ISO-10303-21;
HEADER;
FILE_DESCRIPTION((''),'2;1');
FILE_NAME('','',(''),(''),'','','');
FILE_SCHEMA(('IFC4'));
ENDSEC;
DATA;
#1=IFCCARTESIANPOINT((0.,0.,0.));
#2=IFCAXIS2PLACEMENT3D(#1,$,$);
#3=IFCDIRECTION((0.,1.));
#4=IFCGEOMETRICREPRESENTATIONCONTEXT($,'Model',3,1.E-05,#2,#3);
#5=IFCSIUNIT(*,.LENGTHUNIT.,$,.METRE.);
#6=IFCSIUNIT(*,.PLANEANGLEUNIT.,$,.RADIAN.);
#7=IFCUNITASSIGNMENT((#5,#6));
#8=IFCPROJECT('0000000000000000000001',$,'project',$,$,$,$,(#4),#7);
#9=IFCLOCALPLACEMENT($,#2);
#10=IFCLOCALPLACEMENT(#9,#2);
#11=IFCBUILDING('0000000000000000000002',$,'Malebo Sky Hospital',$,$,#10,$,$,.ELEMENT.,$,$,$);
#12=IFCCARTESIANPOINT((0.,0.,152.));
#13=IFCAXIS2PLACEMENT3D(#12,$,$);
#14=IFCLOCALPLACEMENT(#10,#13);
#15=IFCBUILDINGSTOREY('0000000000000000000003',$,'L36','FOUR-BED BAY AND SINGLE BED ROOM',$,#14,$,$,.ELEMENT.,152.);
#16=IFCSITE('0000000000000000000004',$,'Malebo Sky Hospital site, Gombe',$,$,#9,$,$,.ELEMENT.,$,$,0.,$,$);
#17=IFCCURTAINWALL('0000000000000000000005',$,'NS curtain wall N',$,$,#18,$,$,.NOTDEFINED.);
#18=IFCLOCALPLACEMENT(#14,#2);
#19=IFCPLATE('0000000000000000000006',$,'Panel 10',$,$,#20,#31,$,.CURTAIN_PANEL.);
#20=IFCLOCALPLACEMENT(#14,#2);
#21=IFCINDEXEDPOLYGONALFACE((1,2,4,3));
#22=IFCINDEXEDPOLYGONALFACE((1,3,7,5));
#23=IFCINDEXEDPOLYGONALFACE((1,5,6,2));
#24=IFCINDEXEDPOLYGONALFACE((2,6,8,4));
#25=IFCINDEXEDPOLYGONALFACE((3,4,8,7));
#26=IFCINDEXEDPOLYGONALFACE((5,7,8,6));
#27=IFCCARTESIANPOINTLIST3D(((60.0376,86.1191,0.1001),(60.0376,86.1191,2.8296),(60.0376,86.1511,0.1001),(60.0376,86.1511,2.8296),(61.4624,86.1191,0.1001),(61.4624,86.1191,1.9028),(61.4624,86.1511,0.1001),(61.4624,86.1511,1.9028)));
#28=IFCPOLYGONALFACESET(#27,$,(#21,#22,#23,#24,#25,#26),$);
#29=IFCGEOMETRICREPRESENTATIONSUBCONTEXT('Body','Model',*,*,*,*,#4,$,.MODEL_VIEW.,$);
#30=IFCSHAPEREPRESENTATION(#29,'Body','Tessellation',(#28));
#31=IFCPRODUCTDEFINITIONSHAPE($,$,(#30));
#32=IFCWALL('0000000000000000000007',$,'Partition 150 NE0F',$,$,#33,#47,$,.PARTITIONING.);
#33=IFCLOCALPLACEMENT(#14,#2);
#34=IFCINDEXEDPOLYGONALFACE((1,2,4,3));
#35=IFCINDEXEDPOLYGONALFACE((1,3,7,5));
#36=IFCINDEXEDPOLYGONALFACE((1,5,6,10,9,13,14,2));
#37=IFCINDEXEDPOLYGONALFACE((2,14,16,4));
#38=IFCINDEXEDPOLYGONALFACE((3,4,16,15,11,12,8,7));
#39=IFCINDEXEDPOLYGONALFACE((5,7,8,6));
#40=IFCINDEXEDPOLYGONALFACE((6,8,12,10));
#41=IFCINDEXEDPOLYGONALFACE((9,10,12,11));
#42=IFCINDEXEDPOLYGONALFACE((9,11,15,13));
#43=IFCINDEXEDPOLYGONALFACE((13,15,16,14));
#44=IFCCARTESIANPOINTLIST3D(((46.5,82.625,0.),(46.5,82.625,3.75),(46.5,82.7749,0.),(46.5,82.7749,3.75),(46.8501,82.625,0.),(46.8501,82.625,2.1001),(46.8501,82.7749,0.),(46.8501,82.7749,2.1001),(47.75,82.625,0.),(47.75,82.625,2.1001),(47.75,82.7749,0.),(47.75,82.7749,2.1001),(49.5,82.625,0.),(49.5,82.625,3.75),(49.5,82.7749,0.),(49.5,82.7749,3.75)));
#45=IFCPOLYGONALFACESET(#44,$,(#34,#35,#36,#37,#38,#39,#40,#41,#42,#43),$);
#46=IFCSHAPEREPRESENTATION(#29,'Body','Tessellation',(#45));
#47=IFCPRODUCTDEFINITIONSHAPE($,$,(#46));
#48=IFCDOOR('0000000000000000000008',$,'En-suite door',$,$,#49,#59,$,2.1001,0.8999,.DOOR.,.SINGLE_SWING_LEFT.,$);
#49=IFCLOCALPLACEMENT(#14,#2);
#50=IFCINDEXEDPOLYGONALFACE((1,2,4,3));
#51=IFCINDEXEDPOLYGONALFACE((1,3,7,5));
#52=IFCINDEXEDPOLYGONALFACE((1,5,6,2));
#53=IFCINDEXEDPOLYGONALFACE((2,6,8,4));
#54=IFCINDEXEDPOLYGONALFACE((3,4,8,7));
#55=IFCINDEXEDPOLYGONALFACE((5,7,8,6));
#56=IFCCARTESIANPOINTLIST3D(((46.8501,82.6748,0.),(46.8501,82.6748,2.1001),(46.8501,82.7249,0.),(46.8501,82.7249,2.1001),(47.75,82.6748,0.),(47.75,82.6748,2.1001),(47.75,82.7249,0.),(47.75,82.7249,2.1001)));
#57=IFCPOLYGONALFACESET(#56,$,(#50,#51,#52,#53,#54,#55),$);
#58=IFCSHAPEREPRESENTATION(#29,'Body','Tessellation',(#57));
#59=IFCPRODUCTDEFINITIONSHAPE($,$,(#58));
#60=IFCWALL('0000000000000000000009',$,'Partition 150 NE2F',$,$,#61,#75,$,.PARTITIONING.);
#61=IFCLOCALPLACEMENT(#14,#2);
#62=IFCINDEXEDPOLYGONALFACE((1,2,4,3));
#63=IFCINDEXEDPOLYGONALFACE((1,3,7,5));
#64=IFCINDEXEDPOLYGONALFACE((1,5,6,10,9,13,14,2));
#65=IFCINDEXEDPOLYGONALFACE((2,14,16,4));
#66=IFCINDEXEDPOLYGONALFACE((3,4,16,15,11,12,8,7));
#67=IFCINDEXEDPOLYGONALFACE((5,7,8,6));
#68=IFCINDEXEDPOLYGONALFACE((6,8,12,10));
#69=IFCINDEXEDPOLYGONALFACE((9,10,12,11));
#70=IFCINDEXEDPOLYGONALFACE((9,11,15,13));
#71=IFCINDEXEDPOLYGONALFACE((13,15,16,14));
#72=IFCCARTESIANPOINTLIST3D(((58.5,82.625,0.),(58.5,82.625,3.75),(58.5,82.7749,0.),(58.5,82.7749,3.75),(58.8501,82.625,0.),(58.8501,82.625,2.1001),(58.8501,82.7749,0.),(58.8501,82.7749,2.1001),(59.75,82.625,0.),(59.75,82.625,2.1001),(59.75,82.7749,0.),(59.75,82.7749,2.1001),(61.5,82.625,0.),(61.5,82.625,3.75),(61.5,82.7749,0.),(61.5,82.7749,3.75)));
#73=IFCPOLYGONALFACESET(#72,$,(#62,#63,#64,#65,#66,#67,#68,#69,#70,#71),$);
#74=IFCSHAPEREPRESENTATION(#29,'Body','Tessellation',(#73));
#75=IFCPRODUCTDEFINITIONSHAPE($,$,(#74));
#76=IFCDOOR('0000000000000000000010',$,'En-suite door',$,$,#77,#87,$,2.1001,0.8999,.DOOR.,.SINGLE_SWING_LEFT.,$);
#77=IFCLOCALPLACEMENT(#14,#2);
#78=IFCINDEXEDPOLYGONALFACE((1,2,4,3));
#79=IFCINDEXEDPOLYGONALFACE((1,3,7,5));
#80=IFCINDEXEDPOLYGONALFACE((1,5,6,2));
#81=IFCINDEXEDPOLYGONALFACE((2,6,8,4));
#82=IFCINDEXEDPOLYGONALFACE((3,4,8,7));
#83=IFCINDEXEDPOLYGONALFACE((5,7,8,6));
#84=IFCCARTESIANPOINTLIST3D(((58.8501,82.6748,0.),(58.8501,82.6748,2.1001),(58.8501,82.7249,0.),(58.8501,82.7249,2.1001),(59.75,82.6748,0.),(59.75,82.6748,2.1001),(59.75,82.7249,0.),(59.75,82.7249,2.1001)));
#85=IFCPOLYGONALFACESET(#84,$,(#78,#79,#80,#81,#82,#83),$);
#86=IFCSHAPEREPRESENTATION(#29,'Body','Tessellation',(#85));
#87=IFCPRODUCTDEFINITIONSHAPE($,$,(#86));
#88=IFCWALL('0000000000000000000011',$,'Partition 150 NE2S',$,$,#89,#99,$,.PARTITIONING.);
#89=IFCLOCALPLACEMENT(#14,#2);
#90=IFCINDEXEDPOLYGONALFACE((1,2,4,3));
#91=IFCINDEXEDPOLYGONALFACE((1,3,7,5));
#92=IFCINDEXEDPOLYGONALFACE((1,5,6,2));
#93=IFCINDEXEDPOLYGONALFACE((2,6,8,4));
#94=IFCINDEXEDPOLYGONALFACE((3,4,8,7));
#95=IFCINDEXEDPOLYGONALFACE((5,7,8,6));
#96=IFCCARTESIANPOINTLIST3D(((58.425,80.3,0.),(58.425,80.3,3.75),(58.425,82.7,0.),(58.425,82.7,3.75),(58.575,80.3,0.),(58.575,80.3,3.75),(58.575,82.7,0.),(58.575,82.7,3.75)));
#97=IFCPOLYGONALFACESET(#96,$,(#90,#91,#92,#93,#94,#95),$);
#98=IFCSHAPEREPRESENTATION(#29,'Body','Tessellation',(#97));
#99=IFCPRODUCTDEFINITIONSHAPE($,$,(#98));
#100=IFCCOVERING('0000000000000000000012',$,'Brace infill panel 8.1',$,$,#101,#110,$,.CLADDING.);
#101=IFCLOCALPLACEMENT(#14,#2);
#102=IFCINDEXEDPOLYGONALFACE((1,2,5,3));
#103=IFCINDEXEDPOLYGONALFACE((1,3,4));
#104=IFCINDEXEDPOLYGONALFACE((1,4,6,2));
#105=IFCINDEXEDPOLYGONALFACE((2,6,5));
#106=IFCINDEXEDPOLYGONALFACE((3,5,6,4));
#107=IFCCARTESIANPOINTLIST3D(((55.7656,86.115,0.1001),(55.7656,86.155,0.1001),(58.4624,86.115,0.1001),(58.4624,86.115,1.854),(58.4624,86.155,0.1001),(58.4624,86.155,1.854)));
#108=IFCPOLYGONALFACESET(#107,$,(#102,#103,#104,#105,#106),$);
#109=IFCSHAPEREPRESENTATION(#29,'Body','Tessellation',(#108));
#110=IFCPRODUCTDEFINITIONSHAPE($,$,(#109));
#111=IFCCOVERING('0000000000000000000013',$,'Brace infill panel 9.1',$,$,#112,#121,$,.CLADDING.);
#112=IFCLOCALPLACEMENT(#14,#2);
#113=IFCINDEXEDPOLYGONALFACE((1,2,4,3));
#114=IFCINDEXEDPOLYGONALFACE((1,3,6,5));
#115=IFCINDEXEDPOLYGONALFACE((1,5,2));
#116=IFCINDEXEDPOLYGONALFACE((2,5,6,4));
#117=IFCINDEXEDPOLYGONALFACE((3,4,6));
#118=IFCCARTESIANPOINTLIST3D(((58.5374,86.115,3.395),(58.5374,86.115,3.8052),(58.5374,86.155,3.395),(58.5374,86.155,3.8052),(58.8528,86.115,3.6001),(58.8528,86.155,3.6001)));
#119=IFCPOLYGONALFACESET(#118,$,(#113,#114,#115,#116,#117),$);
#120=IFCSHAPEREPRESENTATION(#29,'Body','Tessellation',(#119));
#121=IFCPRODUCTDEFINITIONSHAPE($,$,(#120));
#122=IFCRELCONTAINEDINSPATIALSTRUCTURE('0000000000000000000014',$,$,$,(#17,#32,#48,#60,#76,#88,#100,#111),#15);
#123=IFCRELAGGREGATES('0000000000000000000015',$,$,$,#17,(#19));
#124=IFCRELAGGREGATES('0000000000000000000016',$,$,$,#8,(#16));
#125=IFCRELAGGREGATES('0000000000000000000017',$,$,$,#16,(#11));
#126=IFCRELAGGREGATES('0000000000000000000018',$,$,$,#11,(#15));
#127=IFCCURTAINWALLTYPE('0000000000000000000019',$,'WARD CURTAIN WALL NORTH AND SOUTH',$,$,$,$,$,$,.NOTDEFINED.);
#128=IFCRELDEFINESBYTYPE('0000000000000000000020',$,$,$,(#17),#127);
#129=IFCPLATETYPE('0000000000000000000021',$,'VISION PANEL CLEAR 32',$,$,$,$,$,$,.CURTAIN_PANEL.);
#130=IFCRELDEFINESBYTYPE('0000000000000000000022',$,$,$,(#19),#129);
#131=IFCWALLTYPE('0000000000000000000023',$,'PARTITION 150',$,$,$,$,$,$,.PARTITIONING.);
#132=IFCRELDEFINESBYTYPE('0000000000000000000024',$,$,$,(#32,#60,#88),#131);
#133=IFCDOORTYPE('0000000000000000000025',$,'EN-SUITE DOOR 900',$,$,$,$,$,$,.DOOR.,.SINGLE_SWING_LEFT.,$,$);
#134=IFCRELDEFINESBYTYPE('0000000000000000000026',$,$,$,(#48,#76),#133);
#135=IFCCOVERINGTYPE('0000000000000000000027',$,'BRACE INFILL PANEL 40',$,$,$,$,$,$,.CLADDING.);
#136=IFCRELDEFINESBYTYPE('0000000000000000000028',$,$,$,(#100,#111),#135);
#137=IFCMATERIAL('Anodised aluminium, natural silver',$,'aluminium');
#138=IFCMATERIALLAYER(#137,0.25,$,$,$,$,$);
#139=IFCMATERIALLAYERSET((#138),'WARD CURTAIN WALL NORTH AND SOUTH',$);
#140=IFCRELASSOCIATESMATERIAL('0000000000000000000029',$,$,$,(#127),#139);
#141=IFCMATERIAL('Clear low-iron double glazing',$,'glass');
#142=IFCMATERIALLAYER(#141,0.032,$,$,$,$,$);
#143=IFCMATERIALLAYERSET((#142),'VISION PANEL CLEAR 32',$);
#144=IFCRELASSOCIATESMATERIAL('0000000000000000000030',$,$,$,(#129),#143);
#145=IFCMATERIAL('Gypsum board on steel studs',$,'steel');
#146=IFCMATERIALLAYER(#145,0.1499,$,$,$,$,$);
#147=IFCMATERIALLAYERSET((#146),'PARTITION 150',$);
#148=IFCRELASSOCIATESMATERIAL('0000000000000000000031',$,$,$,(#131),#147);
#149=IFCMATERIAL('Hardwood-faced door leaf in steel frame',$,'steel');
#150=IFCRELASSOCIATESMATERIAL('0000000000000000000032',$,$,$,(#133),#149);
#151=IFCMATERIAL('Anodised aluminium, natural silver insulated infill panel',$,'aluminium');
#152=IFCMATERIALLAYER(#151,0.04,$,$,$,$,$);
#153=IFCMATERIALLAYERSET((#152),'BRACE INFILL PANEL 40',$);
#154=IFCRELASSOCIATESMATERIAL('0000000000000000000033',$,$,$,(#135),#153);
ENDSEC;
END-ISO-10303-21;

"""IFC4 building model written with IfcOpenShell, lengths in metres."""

from ifc_helpers import new_model, si_unit, direction, frame, frame_2d, origin, place, context, subcontext, project, spatial, polyline, rectangle, outline, extrude, material, layer, layer_set, type_object, element, fill, aggregate, save


model = new_model("IFC4")

# Units and contexts
model_context = context("Model", 3, precision=1e-05, world=origin(), true_north=direction((0.0, 1.0)))
body_context = subcontext(model_context, "Body", "Model", "MODEL_VIEW")
ifc_project = project(units=[si_unit("LENGTHUNIT", "METRE"), si_unit("PLANEANGLEUNIT", "RADIAN")], contexts=[model_context])

# Site, building, storey
site_placement = place(None, origin())
site = spatial("IfcSite", under=ifc_project, at=site_placement, Name="Malebo Sky Hospital site, Gombe", CompositionType="ELEMENT", RefElevation=0.0)
building_placement = place(site_placement, origin())
building = spatial("IfcBuilding", under=site, at=building_placement, Name="Malebo Sky Hospital", CompositionType="ELEMENT")
storey_placement = place(building_placement, frame((0.0, 0.0, 152.0)))
storey = spatial("IfcBuildingStorey", under=building, at=storey_placement, Name="L36", Description="FOUR-BED BAY AND SINGLE BED ROOM", CompositionType="ELEMENT", Elevation=152.0)

# Curtain wall
ifc_material_1 = material(Name="Anodised aluminium, natural silver", Category="aluminium")
ifc_layer_1 = layer(ifc_material_1, 0.25)
ifc_layer_set_1 = layer_set([ifc_layer_1], Name="WARD CURTAIN WALL NORTH AND SOUTH")
curtain_wall_type = type_object("IfcCurtainWallType", Name="WARD CURTAIN WALL NORTH AND SOUTH", PredefinedType="NOTDEFINED", material=ifc_layer_set_1)
curtain_wall_placement = place(storey_placement, origin())
curtain_wall = element("IfcCurtainWall", 1, at=curtain_wall_placement, inside=storey, type_object=curtain_wall_type, Name="NS curtain wall N", PredefinedType="NOTDEFINED")

# Plate
ifc_material_2 = material(Name="Clear low-iron double glazing", Category="glass")
ifc_layer_2 = layer(ifc_material_2, 0.032)
ifc_layer_set_2 = layer_set([ifc_layer_2], Name="VISION PANEL CLEAR 32")
plate_type = type_object("IfcPlateType", Name="VISION PANEL CLEAR 32", PredefinedType="CURTAIN_PANEL", material=ifc_layer_set_2)
plate_1_placement = place(storey_placement, frame((60.75, 86.135, 0.1001), z_axis=(0.0, 0.0, 1.0), x_axis=(1.0, 0.0, 0.0)))
plate_1 = element("IfcPlate", 2, at=plate_1_placement, type_object=plate_type, Name="Panel 10", PredefinedType="CURTAIN_PANEL", context=body_context, shape_type="SweptSolid", body=[
    extrude(outline(polyline([(-0.7124, 0.0), (0.7124, 0.0), (0.7124, 1.8027), (-0.7124, 2.7295), (-0.7124, 0.0)])), frame((0.0, 0.0161, 0.0), z_axis=(0.0, -1.0, 0.0), x_axis=(1.0, 0.0, 0.0)), (0.0, 0.0, 1.0), 0.032),
])
aggregate(curtain_wall, [plate_1])

# Walls, openings, doors
ifc_material_3 = material(Name="Gypsum board on steel studs", Category="steel")
ifc_layer_3 = layer(ifc_material_3, 0.1499)
ifc_layer_set_3 = layer_set([ifc_layer_3], Name="PARTITION 150")
wall_type = type_object("IfcWallType", Name="PARTITION 150", PredefinedType="PARTITIONING", material=ifc_layer_set_3)
wall_1_placement = place(storey_placement, frame((46.5, 82.7, 0.0), z_axis=(0.0, 0.0, 1.0), x_axis=(1.0, 0.0, 0.0)))
wall_1 = element("IfcWall", 3, at=wall_1_placement, inside=storey, type_object=wall_type, Name="Partition 150 NE0F", PredefinedType="PARTITIONING", context=body_context, shape_type="SweptSolid", body=[
    extrude(rectangle(XDim=3.0, YDim=0.1499, at=frame_2d((1.5, 0.0))), origin(), (0.0, 0.0, 1.0), 3.75),
])
opening_1_placement = place(wall_1_placement, frame((0.3501, 0.0, 0.0)))
opening_1 = element("IfcOpeningElement", 4, at=opening_1_placement, cuts=wall_1, PredefinedType="OPENING", context=body_context, shape_type="SweptSolid", body=[
    extrude(rectangle(XDim=0.8999, YDim=2.1001, at=frame_2d((0.45, 1.05))), frame((0.0, 0.085, 0.0), z_axis=(0.0, -1.0, 0.0), x_axis=(1.0, 0.0, 0.0)), (0.0, 0.0, 1.0), 0.1699),
])
ifc_material_4 = material(Name="Hardwood-faced door leaf in steel frame", Category="steel")
door_type = type_object("IfcDoorType", Name="EN-SUITE DOOR 900", OperationType="SINGLE_SWING_LEFT", PredefinedType="DOOR", material=ifc_material_4)
door_1_placement = place(opening_1_placement, origin())
door_1 = element("IfcDoor", 5, at=door_1_placement, inside=storey, type_object=door_type, Name="En-suite door", OperationType="SINGLE_SWING_LEFT", OverallHeight=2.1001, OverallWidth=0.8999, PredefinedType="DOOR", context=body_context, shape_type="SweptSolid", body=[
    extrude(rectangle(XDim=0.8999, YDim=2.1001, at=frame_2d((0.45, 1.05))), frame((0.0, 0.0249, 0.0), z_axis=(0.0, -1.0, 0.0), x_axis=(1.0, 0.0, 0.0)), (0.0, 0.0, 1.0), 0.05),
])
fill(opening_1, door_1)
wall_2_placement = place(storey_placement, frame((58.5, 82.7, 0.0), z_axis=(0.0, 0.0, 1.0), x_axis=(1.0, 0.0, 0.0)))
wall_2 = element("IfcWall", 6, at=wall_2_placement, inside=storey, type_object=wall_type, Name="Partition 150 NE2F", PredefinedType="PARTITIONING", context=body_context, shape_type="SweptSolid", body=[
    extrude(rectangle(XDim=3.0, YDim=0.1499, at=frame_2d((1.5, 0.0))), origin(), (0.0, 0.0, 1.0), 3.75),
])
opening_2_placement = place(wall_2_placement, frame((0.3501, 0.0, 0.0)))
opening_2 = element("IfcOpeningElement", 7, at=opening_2_placement, cuts=wall_2, PredefinedType="OPENING", context=body_context, shape_type="SweptSolid", body=[
    extrude(rectangle(XDim=0.8999, YDim=2.1001, at=frame_2d((0.45, 1.05))), frame((0.0, 0.085, 0.0), z_axis=(0.0, -1.0, 0.0), x_axis=(1.0, 0.0, 0.0)), (0.0, 0.0, 1.0), 0.1699),
])
door_2_placement = place(opening_2_placement, origin())
door_2 = element("IfcDoor", 8, at=door_2_placement, inside=storey, type_object=door_type, Name="En-suite door", OperationType="SINGLE_SWING_LEFT", OverallHeight=2.1001, OverallWidth=0.8999, PredefinedType="DOOR", context=body_context, shape_type="SweptSolid", body=[
    extrude(rectangle(XDim=0.8999, YDim=2.1001, at=frame_2d((0.45, 1.05))), frame((0.0, 0.0249, 0.0), z_axis=(0.0, -1.0, 0.0), x_axis=(1.0, 0.0, 0.0)), (0.0, 0.0, 1.0), 0.05),
])
fill(opening_2, door_2)

# Wall
wall_3_placement = place(storey_placement, frame((58.5, 80.3, 0.0), z_axis=(0.0, 0.0, 1.0), x_axis=(0.0, 1.0, 0.0)))
element("IfcWall", 9, at=wall_3_placement, inside=storey, type_object=wall_type, Name="Partition 150 NE2S", PredefinedType="PARTITIONING", context=body_context, shape_type="SweptSolid", body=[
    extrude(rectangle(XDim=2.3999, YDim=0.1499, at=frame_2d((1.2, 0.0))), origin(), (0.0, 0.0, 1.0), 3.75),
])

# Coverings
ifc_material_5 = material(Name="Anodised aluminium, natural silver insulated infill panel", Category="aluminium")
ifc_layer_4 = layer(ifc_material_5, 0.04)
ifc_layer_set_4 = layer_set([ifc_layer_4], Name="BRACE INFILL PANEL 40")
covering_type = type_object("IfcCoveringType", Name="BRACE INFILL PANEL 40", PredefinedType="CLADDING", material=ifc_layer_set_4)
covering_1_placement = place(storey_placement, frame((57.114, 86.135, 0.1001), z_axis=(0.0, 0.0, 1.0), x_axis=(1.0, 0.0, 0.0)))
element("IfcCovering", 10, at=covering_1_placement, inside=storey, type_object=covering_type, Name="Brace infill panel 8.1", PredefinedType="CLADDING", context=body_context, shape_type="SweptSolid", body=[
    extrude(outline(polyline([(-1.3484, 0.0), (1.3484, 0.0), (1.3484, 1.7539), (-1.3484, 0.0)])), frame((0.0, 0.02, 0.0), z_axis=(0.0, -1.0, 0.0), x_axis=(1.0, 0.0, 0.0)), (0.0, 0.0, 1.0), 0.04),
])
covering_2_placement = place(storey_placement, frame((58.6951, 86.135, 3.395), z_axis=(0.0, 0.0, 1.0), x_axis=(1.0, 0.0, 0.0)))
element("IfcCovering", 11, at=covering_2_placement, inside=storey, type_object=covering_type, Name="Brace infill panel 9.1", PredefinedType="CLADDING", context=body_context, shape_type="SweptSolid", body=[
    extrude(outline(polyline([(-0.1577, 0.0), (0.1577, 0.2051), (-0.1577, 0.4102), (-0.1577, 0.0)])), frame((0.0, 0.02, 0.0), z_axis=(0.0, -1.0, 0.0), x_axis=(1.0, 0.0, 0.0)), (0.0, 0.0, 1.0), 0.04),
])

save(model, "model.ifc")
